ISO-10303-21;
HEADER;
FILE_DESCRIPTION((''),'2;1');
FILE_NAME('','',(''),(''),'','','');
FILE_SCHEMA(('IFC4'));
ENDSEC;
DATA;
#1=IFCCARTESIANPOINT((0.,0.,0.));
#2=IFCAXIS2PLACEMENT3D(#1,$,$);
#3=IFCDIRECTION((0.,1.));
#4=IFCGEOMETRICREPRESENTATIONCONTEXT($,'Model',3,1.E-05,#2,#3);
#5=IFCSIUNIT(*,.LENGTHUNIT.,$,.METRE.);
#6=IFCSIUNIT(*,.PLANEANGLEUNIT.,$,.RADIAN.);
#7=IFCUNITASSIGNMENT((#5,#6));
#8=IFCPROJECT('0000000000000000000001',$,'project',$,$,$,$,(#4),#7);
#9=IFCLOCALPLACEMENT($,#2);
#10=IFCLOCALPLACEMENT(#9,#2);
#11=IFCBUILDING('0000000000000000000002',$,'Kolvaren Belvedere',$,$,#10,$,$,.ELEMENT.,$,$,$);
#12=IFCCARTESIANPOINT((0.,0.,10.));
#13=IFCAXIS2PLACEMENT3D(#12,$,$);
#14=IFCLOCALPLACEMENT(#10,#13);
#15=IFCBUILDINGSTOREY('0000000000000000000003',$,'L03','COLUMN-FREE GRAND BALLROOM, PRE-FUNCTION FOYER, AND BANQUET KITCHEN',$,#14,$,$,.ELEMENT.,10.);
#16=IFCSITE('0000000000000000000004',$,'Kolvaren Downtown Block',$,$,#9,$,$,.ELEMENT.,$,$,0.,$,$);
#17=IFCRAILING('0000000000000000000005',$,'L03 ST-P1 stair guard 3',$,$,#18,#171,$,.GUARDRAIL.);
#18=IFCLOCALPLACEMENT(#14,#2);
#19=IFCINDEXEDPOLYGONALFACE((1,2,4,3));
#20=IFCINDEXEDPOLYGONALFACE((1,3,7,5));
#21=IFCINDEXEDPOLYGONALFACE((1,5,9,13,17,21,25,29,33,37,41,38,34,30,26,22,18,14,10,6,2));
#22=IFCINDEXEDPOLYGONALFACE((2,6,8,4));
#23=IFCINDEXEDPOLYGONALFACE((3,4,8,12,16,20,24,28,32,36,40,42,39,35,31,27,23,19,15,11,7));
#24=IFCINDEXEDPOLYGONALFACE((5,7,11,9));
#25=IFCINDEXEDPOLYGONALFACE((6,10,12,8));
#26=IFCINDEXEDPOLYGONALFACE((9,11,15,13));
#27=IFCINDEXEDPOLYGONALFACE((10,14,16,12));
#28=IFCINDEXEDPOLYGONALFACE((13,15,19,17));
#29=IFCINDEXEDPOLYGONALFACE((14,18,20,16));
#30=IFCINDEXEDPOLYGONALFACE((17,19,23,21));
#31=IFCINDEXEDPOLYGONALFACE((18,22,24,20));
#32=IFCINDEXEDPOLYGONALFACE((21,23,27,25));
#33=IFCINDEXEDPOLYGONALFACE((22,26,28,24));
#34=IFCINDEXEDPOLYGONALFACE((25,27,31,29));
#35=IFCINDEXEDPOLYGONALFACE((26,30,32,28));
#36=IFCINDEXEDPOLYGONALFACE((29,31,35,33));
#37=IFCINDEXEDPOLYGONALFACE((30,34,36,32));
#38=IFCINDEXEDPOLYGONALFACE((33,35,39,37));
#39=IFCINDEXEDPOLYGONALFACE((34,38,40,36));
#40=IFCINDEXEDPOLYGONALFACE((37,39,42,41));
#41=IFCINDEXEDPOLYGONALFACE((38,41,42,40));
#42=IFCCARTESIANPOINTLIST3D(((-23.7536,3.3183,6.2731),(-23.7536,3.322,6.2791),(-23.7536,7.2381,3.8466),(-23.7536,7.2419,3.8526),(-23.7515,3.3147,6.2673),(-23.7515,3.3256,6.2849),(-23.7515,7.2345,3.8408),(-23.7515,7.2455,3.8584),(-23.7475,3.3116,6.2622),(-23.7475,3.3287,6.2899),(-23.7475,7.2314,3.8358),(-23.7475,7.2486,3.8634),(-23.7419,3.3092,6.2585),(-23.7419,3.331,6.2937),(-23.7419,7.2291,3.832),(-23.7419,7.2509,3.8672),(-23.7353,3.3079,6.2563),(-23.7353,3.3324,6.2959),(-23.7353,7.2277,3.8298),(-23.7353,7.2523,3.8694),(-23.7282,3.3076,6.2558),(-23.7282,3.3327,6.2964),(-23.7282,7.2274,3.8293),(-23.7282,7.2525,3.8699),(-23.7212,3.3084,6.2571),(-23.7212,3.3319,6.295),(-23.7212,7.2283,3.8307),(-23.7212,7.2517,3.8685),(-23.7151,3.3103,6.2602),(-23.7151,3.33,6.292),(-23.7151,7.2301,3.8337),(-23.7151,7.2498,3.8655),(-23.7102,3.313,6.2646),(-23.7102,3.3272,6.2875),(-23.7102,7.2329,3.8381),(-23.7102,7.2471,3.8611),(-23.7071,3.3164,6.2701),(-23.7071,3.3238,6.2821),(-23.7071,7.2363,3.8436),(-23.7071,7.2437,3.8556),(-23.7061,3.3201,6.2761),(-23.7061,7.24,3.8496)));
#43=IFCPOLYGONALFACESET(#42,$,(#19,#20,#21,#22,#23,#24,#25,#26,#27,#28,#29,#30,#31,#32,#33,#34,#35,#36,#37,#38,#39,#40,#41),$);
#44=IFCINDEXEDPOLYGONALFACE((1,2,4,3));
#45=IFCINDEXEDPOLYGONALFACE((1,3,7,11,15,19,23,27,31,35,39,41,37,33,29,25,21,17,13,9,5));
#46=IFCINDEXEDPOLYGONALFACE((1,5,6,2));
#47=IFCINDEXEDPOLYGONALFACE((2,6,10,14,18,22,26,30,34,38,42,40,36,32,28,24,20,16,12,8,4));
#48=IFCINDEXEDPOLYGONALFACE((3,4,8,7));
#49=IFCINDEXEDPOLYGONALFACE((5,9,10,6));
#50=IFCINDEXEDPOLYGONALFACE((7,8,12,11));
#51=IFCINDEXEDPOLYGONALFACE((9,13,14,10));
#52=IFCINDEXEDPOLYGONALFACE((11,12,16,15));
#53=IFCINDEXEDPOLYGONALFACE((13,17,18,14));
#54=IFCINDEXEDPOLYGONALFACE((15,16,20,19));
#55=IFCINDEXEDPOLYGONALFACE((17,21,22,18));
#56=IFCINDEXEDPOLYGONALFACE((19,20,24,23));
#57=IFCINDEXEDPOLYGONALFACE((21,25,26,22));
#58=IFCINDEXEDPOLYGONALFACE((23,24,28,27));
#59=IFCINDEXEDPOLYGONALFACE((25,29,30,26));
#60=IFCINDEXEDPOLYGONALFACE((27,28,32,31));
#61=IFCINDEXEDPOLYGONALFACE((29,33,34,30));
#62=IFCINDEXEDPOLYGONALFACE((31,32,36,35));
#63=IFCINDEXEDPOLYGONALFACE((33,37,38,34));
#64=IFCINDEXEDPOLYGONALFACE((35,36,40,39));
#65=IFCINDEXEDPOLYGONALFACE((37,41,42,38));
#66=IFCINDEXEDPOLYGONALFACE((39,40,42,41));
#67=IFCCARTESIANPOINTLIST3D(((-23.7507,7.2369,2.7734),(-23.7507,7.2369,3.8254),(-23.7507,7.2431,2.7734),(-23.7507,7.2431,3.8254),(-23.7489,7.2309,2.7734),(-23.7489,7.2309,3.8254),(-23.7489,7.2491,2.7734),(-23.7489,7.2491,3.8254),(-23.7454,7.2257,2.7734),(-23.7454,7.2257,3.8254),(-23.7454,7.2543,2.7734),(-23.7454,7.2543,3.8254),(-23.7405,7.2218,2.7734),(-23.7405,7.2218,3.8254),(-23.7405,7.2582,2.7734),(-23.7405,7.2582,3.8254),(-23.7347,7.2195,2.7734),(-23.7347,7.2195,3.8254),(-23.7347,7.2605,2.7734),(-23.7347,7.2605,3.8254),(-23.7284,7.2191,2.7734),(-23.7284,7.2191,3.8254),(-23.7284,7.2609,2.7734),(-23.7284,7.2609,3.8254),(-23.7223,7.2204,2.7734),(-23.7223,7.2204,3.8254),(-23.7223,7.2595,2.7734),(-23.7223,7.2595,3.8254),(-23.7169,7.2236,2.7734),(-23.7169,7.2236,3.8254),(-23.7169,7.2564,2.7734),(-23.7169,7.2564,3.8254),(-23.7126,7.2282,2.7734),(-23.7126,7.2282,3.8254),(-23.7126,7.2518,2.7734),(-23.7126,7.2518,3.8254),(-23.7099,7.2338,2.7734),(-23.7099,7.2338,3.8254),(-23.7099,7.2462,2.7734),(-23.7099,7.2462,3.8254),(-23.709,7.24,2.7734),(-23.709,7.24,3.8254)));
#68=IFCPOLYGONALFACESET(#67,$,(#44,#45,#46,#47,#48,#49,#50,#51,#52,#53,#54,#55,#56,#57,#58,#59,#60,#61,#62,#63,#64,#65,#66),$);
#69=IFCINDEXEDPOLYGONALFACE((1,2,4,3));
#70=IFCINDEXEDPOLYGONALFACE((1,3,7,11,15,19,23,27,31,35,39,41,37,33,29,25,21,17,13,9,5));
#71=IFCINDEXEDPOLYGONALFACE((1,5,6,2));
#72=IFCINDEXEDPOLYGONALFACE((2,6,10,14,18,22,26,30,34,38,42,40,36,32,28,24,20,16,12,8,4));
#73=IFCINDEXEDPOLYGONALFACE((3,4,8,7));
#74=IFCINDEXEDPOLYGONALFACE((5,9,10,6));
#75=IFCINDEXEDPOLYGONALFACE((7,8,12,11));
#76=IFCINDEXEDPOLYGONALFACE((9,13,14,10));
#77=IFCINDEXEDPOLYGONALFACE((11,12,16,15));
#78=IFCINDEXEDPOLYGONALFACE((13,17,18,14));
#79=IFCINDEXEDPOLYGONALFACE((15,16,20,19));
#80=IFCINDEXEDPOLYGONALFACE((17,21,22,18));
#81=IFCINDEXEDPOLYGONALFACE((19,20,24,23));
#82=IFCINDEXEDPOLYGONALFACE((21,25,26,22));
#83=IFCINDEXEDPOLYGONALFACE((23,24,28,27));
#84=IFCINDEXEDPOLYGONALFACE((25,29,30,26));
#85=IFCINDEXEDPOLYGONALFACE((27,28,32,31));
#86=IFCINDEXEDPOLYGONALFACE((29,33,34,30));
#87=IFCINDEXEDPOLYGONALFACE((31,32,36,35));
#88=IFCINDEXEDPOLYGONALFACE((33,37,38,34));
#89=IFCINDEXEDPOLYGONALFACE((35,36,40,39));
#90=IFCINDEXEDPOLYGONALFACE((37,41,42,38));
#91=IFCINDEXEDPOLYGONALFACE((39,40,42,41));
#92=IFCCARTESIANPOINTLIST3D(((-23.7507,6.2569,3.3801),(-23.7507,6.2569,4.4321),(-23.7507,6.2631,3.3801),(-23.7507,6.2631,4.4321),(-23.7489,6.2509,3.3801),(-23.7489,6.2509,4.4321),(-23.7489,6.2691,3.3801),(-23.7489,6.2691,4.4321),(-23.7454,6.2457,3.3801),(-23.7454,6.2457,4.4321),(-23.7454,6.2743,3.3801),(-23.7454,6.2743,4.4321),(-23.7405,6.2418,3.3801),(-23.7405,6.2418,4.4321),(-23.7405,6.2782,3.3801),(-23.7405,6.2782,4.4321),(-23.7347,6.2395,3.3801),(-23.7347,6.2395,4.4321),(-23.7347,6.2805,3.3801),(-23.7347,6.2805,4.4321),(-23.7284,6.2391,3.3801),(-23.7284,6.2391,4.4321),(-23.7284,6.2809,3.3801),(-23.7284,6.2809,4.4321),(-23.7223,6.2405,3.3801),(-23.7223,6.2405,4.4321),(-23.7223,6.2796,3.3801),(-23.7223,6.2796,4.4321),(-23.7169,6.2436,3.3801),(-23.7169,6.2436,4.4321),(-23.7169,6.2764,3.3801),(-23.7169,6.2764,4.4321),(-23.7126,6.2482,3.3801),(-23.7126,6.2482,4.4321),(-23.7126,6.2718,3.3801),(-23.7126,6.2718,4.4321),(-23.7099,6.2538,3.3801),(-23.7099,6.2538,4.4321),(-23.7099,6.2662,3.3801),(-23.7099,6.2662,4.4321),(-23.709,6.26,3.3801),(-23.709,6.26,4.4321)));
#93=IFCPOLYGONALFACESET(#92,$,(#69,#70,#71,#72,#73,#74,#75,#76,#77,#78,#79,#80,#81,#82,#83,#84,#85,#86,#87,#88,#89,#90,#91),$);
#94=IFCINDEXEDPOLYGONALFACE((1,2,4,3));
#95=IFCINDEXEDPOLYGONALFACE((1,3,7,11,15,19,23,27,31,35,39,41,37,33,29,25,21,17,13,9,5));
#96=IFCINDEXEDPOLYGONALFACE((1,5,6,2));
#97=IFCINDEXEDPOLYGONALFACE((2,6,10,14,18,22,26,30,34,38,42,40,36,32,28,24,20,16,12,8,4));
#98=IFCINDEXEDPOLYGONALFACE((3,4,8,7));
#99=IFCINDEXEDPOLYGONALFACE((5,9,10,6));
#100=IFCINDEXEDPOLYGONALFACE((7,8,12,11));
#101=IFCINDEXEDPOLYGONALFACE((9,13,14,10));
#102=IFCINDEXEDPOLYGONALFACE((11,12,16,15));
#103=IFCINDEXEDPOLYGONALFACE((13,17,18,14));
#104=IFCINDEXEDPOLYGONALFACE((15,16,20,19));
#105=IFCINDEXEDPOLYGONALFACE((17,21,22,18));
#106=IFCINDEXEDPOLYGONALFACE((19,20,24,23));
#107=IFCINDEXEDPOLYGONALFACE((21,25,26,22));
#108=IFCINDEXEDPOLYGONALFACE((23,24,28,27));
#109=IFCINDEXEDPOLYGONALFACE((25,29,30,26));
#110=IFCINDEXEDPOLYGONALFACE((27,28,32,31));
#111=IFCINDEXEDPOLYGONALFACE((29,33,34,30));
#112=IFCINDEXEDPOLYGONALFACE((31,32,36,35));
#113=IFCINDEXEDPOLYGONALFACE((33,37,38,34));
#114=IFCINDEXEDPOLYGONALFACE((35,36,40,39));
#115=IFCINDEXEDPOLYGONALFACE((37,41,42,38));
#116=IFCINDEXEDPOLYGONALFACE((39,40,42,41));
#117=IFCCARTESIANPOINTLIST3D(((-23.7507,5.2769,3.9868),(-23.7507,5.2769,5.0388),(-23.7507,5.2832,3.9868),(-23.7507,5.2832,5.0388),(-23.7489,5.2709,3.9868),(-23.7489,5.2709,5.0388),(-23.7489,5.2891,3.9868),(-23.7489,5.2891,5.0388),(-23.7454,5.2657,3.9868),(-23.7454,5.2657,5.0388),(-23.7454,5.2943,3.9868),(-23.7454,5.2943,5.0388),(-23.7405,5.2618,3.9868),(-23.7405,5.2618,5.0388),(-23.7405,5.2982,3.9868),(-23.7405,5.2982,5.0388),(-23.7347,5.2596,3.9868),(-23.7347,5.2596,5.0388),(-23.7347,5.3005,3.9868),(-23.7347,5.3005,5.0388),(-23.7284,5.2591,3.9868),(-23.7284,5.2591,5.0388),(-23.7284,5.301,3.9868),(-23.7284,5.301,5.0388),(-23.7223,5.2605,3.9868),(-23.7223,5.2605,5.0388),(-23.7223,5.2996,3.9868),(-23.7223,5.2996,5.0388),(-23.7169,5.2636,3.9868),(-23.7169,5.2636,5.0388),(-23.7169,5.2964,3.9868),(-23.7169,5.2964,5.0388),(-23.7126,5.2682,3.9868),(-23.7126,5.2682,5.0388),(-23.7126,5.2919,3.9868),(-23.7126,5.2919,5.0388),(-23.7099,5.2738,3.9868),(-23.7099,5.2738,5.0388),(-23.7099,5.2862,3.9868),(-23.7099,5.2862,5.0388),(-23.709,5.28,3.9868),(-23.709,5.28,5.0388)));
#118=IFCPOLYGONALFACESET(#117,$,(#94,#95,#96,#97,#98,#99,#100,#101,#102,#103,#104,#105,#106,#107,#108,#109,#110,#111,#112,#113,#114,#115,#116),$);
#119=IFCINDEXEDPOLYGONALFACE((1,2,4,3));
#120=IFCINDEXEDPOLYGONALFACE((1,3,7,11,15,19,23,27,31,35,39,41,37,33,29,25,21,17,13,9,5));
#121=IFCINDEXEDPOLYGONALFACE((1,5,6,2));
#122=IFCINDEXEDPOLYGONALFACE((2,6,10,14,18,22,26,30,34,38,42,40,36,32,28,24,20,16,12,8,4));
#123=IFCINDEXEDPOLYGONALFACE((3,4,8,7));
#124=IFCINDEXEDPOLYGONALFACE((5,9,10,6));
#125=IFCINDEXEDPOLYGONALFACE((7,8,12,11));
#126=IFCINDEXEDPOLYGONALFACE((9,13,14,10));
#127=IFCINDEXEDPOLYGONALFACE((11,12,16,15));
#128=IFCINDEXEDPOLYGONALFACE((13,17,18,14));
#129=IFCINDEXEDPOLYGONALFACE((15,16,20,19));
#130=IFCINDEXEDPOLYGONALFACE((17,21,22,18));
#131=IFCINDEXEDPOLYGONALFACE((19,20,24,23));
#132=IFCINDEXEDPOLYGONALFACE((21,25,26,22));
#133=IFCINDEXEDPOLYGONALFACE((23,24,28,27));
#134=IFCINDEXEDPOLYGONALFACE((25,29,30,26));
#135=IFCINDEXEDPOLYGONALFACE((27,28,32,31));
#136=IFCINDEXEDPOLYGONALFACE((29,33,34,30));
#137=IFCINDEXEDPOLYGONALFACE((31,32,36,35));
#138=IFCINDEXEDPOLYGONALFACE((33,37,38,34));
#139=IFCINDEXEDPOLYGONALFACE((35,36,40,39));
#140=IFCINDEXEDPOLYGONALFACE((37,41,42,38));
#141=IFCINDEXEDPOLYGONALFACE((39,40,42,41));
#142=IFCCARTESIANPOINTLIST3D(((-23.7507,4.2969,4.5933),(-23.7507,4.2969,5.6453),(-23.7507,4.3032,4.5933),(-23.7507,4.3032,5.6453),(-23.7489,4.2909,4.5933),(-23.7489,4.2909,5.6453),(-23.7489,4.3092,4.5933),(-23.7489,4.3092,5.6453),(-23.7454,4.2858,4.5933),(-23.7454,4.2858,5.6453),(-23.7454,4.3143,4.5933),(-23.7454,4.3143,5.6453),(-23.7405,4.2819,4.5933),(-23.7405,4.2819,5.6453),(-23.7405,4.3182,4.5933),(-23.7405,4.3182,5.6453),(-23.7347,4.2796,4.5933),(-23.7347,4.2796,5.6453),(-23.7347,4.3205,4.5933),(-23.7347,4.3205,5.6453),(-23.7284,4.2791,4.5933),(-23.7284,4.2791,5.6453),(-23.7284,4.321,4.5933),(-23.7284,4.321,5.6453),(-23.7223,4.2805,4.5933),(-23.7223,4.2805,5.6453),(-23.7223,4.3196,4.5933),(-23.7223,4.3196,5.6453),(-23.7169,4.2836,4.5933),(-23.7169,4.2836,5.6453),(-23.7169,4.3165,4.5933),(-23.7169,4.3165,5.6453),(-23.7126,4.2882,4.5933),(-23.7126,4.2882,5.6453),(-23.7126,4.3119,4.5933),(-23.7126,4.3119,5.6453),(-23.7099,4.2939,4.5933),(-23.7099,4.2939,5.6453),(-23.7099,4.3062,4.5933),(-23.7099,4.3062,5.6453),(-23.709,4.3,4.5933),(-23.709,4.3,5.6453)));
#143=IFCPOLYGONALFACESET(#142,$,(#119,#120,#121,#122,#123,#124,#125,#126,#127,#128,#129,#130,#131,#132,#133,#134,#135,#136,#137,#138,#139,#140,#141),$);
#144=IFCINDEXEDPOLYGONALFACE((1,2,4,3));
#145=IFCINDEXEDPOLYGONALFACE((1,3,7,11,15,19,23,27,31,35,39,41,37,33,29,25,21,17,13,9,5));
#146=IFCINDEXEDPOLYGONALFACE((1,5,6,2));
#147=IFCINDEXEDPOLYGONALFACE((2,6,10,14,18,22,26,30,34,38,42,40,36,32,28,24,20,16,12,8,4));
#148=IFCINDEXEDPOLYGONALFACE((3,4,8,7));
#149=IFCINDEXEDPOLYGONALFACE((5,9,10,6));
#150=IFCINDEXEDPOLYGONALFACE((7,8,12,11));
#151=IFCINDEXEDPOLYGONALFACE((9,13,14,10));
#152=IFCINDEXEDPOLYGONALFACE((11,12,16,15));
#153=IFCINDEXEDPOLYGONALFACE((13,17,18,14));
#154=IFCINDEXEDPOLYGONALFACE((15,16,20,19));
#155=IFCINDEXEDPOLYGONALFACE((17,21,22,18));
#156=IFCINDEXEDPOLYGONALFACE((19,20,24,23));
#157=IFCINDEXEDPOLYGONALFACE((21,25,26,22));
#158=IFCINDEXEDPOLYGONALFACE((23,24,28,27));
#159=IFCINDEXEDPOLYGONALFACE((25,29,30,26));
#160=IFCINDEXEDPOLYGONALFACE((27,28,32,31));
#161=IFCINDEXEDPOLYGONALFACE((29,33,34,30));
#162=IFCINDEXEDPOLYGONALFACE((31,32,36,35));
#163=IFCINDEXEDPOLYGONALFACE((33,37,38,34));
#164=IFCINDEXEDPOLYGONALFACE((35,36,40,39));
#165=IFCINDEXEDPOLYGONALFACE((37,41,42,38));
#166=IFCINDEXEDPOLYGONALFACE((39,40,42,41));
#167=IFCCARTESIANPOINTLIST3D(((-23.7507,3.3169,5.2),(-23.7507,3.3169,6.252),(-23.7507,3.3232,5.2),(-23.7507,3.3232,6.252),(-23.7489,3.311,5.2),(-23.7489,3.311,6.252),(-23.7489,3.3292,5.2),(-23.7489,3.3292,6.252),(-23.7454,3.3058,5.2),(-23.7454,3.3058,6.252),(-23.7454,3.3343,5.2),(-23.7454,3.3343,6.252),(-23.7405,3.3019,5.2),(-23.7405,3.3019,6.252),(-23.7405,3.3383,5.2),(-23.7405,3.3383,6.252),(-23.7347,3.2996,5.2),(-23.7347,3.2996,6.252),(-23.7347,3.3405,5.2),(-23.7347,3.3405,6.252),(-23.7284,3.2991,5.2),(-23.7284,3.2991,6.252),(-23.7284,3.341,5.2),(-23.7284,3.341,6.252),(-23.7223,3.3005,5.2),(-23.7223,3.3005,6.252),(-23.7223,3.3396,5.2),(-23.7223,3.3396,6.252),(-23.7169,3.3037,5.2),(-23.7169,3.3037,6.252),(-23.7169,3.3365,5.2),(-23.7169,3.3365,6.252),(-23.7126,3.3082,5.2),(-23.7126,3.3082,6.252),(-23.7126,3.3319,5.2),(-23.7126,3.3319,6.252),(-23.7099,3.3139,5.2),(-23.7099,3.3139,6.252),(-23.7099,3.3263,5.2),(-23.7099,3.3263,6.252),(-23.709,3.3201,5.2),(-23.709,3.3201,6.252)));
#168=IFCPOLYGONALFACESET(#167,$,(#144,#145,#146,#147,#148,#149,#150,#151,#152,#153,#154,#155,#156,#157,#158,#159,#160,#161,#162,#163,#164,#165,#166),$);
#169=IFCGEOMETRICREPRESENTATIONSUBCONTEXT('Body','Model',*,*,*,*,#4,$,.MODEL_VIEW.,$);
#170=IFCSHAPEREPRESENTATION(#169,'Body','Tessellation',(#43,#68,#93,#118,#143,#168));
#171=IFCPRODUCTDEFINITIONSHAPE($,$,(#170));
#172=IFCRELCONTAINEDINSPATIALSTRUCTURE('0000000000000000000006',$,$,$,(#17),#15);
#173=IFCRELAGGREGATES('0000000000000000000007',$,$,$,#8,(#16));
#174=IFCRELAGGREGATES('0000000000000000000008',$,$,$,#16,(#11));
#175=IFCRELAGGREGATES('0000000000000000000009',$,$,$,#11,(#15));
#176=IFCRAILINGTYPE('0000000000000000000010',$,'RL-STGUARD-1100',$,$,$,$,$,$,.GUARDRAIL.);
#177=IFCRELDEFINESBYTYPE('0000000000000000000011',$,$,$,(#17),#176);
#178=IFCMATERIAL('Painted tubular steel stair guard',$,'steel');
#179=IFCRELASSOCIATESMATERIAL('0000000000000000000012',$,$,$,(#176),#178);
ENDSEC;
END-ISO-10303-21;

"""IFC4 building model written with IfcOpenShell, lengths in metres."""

from ifc_helpers import new_model, si_unit, direction, frame, origin, origin_2d, place, context, subcontext, project, spatial, circle, extrude, material, type_object, element, save


model = new_model("IFC4")

# Units and contexts
model_context = context("Model", 3, precision=1e-05, world=origin(), true_north=direction((0.0, 1.0)))
body_context = subcontext(model_context, "Body", "Model", "MODEL_VIEW")
ifc_project = project(units=[si_unit("LENGTHUNIT", "METRE"), si_unit("PLANEANGLEUNIT", "RADIAN")], contexts=[model_context])

# Site, building, storey
site_placement = place(None, origin())
site = spatial("IfcSite", under=ifc_project, at=site_placement, Name="Kolvaren Downtown Block", CompositionType="ELEMENT", RefElevation=0.0)
building_placement = place(site_placement, origin())
building = spatial("IfcBuilding", under=site, at=building_placement, Name="Kolvaren Belvedere", CompositionType="ELEMENT")
storey_placement = place(building_placement, frame((0.0, 0.0, 10.0)))
storey = spatial("IfcBuildingStorey", under=building, at=storey_placement, Name="L03", Description="COLUMN-FREE GRAND BALLROOM, PRE-FUNCTION FOYER, AND BANQUET KITCHEN", CompositionType="ELEMENT", Elevation=10.0)

# Railing
ifc_material_1 = material(Name="Painted tubular steel stair guard", Category="steel")
railing_type_1 = type_object("IfcRailingType", Name="RL-STGUARD-1100", PredefinedType="GUARDRAIL", material=ifc_material_1)
railing_1_placement = place(storey_placement, frame((-23.73, 7.24, 2.7734)))
element("IfcRailing", 1, at=railing_1_placement, inside=storey, type_object=railing_type_1, Name="L03 ST-P1 stair guard 3", PredefinedType="GUARDRAIL", context=body_context, shape_type="SweptSolid", body=[
    extrude(circle(Radius=0.0239, at=origin_2d()), frame((0.0, 0.0, 1.0762), z_axis=(0.0, -0.850275, 0.526338), x_axis=(1.0, 0.0, 0.0)), (0.0, 0.0, 1.0), 4.6101),
    extrude(circle(Radius=0.021, at=origin_2d()), origin(), (0.0, 0.0, 1.0), 1.052),
    extrude(circle(Radius=0.021, at=origin_2d()), frame((0.0, -0.98, 0.6067)), (0.0, 0.0, 1.0), 1.052),
    extrude(circle(Radius=0.021, at=origin_2d()), frame((0.0, -1.96, 1.2134)), (0.0, 0.0, 1.0), 1.052),
    extrude(circle(Radius=0.021, at=origin_2d()), frame((0.0, -2.9399, 1.8198)), (0.0, 0.0, 1.0), 1.052),
    extrude(circle(Radius=0.021, at=origin_2d()), frame((0.0, -3.9199, 2.4265)), (0.0, 0.0, 1.0), 1.052),
])

save(model, "model.ifc")
